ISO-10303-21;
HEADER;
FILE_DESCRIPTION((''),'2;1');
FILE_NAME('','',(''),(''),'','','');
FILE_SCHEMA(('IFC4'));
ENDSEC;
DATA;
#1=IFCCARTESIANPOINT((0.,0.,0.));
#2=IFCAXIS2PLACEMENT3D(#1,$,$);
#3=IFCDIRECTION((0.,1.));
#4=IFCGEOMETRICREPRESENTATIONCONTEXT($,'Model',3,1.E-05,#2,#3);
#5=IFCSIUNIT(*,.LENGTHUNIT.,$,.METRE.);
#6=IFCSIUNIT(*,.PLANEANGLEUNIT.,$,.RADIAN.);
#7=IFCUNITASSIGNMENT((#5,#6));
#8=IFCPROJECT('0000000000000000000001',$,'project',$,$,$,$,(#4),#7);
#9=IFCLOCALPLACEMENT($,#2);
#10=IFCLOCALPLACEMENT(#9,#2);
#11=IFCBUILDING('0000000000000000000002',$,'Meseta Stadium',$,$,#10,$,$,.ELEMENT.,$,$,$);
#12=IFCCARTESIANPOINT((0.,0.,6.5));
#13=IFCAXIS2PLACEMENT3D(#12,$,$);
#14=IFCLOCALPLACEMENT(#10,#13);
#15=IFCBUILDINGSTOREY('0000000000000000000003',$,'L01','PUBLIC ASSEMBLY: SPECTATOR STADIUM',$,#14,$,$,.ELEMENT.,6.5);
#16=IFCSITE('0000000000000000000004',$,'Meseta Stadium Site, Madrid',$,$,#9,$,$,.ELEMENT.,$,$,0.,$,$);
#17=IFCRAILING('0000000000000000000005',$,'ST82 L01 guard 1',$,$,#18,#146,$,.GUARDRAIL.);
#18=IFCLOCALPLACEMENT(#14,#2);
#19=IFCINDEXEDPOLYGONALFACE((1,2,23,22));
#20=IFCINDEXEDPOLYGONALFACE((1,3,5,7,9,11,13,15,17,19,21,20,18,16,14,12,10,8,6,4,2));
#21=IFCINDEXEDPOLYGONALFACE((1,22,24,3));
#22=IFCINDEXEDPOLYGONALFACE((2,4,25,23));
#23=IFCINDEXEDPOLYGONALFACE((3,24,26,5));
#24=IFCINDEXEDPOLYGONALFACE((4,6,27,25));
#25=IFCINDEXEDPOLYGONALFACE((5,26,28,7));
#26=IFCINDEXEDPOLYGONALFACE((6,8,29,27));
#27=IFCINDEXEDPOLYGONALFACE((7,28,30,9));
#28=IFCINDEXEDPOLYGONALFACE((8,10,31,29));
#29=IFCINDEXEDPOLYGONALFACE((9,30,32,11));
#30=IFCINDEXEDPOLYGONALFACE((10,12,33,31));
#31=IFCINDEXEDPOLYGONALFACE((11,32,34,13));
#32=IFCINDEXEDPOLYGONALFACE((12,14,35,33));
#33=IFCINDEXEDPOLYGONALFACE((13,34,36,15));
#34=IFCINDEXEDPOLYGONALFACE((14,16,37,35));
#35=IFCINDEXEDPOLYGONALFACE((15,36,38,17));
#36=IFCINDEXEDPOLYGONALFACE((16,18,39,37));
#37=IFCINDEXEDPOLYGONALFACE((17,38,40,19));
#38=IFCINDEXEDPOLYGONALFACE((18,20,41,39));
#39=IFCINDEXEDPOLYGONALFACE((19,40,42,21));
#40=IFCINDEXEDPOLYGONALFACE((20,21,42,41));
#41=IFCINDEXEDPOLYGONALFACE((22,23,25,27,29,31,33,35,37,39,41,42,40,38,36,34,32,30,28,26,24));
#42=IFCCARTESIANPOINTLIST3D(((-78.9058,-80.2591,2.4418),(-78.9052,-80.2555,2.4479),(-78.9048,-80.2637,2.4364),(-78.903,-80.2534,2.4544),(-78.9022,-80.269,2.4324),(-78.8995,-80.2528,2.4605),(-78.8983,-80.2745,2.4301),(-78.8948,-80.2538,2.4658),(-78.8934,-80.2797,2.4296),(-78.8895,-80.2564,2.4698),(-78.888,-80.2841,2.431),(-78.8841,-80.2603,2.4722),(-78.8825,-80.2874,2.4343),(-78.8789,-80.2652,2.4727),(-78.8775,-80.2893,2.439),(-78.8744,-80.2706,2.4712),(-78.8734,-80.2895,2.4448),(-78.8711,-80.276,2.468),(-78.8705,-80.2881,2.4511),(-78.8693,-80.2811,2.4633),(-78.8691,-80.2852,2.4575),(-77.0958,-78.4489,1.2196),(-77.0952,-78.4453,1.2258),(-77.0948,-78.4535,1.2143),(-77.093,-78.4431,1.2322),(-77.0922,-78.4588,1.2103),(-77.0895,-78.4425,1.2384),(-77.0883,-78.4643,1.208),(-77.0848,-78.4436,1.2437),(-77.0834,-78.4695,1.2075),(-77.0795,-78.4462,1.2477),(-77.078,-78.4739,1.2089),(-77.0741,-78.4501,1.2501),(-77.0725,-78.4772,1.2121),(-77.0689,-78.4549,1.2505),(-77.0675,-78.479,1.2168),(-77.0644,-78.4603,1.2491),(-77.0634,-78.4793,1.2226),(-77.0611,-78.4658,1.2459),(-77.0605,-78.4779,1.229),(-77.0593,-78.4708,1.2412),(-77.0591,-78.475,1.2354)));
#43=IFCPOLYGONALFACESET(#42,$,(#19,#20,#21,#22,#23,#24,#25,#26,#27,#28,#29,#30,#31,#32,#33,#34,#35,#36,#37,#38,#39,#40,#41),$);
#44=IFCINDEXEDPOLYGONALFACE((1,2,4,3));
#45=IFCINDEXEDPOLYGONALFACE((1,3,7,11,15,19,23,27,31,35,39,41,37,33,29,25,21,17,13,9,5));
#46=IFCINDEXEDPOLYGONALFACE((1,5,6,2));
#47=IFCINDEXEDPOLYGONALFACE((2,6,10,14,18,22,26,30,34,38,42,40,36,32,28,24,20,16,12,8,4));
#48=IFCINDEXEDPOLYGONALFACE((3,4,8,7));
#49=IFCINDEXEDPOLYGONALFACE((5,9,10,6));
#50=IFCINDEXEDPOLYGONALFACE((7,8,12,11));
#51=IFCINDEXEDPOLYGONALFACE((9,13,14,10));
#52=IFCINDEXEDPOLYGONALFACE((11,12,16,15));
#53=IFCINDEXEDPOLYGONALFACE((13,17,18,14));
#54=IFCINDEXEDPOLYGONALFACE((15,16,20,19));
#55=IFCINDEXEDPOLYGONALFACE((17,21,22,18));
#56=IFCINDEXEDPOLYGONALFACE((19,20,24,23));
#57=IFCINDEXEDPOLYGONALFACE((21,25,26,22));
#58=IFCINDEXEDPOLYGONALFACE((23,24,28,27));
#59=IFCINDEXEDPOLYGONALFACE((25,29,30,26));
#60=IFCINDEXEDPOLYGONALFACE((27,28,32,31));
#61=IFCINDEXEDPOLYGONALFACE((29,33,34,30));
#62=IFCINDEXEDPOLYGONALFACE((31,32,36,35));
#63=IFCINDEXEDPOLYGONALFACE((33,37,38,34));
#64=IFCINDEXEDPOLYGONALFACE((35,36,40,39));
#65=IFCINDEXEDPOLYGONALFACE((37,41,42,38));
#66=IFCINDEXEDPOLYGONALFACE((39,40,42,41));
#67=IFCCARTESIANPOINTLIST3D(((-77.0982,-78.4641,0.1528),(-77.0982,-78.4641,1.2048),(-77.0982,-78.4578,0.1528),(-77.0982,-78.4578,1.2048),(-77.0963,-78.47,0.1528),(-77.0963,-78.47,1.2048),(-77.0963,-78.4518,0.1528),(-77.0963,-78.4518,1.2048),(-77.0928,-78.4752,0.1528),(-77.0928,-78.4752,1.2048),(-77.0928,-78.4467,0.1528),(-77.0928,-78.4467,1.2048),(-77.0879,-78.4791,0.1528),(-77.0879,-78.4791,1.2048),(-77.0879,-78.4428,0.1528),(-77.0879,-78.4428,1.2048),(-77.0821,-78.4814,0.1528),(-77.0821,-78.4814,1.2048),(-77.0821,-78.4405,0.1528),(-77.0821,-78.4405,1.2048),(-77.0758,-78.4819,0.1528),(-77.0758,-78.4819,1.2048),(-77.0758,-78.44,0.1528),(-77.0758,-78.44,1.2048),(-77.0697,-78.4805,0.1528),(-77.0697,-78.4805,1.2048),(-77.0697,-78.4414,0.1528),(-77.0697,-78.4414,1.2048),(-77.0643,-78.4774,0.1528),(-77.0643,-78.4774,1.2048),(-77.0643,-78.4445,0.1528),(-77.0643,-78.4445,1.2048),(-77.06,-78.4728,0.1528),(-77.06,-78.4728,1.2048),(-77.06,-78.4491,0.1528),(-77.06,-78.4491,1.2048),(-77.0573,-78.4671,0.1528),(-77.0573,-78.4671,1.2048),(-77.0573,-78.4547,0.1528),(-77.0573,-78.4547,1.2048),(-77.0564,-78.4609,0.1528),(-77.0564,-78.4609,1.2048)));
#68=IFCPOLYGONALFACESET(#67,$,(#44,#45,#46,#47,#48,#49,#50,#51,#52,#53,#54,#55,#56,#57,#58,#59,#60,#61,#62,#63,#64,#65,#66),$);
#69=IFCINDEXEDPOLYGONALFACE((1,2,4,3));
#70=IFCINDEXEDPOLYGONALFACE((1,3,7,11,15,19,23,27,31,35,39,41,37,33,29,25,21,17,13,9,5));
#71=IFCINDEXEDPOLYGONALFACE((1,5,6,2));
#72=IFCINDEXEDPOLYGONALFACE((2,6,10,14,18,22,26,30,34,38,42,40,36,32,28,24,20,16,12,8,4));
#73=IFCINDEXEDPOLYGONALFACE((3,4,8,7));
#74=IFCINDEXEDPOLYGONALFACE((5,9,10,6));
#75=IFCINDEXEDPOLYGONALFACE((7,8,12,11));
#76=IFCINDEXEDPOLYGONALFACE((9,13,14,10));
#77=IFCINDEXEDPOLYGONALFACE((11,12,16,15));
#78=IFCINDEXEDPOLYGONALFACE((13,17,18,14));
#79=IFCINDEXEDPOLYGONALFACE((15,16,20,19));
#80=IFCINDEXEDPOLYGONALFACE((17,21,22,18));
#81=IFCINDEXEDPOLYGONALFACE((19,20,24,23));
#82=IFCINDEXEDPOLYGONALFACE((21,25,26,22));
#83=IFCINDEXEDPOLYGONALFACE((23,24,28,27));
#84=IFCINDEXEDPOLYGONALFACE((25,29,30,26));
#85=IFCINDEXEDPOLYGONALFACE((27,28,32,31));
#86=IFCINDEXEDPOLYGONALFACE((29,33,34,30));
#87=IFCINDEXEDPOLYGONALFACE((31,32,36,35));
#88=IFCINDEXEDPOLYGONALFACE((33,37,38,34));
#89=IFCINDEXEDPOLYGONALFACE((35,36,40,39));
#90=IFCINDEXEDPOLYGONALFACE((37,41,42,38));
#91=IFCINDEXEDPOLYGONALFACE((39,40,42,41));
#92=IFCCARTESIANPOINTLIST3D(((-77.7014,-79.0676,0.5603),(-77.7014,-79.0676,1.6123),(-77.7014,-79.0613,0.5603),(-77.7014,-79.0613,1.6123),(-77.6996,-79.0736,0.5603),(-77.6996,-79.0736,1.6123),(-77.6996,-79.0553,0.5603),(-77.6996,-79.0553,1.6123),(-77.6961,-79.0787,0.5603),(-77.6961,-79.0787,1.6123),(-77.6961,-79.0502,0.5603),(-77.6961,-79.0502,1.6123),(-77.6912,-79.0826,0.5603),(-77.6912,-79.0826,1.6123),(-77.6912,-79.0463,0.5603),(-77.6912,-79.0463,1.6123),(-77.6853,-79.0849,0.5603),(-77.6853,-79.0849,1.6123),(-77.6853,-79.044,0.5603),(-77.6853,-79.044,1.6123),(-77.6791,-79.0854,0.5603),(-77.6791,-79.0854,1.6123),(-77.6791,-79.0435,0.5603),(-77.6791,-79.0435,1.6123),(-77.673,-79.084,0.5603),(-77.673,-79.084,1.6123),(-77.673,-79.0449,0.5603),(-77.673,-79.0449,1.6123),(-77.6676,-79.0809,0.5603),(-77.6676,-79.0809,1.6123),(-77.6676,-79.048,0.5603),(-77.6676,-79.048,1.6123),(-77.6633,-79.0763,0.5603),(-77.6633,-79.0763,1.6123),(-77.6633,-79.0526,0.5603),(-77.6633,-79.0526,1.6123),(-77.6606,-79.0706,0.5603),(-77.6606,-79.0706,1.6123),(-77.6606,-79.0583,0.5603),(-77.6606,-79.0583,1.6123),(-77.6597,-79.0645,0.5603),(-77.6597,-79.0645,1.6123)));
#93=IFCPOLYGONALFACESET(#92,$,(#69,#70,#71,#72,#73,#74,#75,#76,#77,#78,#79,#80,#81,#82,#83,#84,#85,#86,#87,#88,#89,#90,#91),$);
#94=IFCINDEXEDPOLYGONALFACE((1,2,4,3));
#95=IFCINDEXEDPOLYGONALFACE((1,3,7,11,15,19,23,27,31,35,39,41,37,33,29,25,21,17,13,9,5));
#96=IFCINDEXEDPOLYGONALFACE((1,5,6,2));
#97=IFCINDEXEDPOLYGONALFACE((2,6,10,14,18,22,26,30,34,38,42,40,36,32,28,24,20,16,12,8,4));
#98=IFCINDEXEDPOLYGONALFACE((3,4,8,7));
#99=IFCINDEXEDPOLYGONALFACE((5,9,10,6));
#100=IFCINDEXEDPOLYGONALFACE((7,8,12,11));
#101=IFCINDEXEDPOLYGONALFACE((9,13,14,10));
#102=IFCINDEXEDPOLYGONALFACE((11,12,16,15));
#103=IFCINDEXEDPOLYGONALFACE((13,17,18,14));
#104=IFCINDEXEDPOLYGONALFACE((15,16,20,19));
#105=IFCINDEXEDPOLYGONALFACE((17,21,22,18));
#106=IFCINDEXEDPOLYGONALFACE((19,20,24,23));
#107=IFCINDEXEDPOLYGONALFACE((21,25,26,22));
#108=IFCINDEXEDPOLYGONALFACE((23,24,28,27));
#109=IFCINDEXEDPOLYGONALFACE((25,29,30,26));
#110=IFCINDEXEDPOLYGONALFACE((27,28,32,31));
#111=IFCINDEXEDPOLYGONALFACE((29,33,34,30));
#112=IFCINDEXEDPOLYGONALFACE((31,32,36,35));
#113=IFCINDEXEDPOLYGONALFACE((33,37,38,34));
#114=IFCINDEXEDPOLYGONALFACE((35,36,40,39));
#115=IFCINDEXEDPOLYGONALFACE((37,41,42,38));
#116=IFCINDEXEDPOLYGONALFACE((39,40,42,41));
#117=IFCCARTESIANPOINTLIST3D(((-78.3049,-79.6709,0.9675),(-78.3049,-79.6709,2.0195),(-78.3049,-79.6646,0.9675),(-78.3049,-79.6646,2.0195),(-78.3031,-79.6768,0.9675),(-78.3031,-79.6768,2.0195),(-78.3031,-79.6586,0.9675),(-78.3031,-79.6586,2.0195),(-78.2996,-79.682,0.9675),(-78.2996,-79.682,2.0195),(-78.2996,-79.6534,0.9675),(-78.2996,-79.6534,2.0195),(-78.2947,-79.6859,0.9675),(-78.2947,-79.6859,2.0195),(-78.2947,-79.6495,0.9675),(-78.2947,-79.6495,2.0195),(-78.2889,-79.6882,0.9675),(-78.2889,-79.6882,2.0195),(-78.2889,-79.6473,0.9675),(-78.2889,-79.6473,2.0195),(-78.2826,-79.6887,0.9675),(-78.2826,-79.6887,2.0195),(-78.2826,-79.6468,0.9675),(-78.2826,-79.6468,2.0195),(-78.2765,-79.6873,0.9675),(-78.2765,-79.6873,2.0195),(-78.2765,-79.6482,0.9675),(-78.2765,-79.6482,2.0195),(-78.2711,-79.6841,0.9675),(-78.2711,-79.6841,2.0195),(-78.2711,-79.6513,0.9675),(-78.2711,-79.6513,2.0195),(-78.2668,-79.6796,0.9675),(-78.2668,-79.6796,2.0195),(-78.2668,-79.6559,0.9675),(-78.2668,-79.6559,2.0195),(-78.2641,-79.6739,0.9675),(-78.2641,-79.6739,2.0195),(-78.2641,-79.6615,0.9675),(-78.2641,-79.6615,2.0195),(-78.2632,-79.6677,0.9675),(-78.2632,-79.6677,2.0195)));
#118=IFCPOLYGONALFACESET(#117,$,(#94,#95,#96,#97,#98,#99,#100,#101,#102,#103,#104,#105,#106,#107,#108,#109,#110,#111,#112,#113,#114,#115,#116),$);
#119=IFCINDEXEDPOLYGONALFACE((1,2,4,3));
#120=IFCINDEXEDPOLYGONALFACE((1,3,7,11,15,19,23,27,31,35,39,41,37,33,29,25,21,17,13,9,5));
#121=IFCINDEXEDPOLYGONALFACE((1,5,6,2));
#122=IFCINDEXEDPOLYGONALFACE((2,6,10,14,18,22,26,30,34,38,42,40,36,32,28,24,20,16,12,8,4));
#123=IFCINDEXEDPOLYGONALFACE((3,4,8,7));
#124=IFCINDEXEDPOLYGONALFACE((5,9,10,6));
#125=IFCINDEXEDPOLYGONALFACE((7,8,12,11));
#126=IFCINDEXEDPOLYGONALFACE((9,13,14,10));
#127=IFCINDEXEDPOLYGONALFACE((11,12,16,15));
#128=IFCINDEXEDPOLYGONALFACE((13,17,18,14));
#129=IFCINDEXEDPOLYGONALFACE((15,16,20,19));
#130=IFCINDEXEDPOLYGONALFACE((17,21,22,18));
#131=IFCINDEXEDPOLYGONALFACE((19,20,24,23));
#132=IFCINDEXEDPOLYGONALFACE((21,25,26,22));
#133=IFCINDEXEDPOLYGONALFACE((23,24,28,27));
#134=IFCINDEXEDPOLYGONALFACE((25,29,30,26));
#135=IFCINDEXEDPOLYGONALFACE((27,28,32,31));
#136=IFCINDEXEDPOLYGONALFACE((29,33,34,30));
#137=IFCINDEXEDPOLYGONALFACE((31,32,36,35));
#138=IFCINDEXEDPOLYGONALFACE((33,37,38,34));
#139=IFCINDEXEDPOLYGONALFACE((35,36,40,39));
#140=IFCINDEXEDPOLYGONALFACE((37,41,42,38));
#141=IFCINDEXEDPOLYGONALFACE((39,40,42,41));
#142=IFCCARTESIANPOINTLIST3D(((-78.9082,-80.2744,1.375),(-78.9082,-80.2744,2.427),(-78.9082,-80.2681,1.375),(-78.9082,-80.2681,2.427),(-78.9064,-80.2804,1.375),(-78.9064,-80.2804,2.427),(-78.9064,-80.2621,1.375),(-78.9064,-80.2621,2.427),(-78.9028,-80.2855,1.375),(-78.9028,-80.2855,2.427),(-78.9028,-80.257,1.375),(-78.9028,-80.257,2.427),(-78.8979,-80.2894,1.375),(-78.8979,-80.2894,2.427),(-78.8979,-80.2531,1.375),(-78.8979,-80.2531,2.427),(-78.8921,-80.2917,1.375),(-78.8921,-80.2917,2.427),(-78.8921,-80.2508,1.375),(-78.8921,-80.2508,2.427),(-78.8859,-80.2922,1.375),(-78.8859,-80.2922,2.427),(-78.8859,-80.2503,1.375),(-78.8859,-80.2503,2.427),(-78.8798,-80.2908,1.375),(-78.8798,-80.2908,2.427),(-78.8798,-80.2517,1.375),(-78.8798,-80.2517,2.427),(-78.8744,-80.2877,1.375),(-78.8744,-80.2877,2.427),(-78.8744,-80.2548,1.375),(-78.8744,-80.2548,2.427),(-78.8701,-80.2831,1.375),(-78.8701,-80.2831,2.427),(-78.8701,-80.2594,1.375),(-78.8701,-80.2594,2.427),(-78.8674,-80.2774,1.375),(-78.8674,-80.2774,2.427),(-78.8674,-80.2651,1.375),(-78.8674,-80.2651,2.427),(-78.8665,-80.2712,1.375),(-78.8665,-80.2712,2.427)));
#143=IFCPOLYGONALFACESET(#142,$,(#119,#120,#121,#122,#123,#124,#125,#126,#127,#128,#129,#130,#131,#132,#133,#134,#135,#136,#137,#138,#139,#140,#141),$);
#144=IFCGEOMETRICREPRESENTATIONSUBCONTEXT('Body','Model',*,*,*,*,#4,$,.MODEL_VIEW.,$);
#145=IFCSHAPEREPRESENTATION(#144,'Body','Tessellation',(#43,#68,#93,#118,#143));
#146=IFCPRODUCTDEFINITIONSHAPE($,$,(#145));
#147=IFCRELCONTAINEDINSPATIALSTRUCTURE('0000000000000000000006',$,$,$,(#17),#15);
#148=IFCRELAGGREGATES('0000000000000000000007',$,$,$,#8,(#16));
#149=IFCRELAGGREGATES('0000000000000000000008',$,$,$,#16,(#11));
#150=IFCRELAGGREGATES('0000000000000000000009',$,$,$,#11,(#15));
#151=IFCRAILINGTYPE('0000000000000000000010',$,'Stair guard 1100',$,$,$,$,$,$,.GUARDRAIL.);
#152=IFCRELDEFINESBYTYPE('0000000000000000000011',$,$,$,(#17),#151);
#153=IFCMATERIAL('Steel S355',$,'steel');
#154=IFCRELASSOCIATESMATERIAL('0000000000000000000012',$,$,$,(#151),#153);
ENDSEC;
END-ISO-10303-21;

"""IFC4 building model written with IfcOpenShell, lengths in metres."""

from ifc_helpers import new_model, si_unit, direction, frame, origin, origin_2d, place, context, subcontext, project, spatial, circle, extrude, material, type_object, element, save


model = new_model("IFC4")

# Units and contexts
model_context = context("Model", 3, precision=1e-05, world=origin(), true_north=direction((0.0, 1.0)))
body_context = subcontext(model_context, "Body", "Model", "MODEL_VIEW")
ifc_project = project(units=[si_unit("LENGTHUNIT", "METRE"), si_unit("PLANEANGLEUNIT", "RADIAN")], contexts=[model_context])

# Site, building, storey
site_placement = place(None, origin())
site = spatial("IfcSite", under=ifc_project, at=site_placement, Name="Meseta Stadium Site, Madrid", CompositionType="ELEMENT", RefElevation=0.0)
building_placement = place(site_placement, origin())
building = spatial("IfcBuilding", under=site, at=building_placement, Name="Meseta Stadium", CompositionType="ELEMENT")
storey_placement = place(building_placement, frame((0.0, 0.0, 6.5)))
storey = spatial("IfcBuildingStorey", under=building, at=storey_placement, Name="L01", Description="PUBLIC ASSEMBLY: SPECTATOR STADIUM", CompositionType="ELEMENT", Elevation=6.5)

# Railing
ifc_material_1 = material(Name="Steel S355", Category="steel")
railing_type_1 = type_object("IfcRailingType", Name="Stair guard 1100", PredefinedType="GUARDRAIL", material=ifc_material_1)
railing_1_placement = place(storey_placement, frame((-77.0774, -78.4609, 0.1528)))
element("IfcRailing", 1, at=railing_1_placement, inside=storey, type_object=railing_type_1, Name="ST82 L01 guard 1", PredefinedType="GUARDRAIL", context=body_context, shape_type="SweptSolid", body=[
    extrude(circle(Radius=0.0239, at=origin_2d()), frame((0.0, 0.0, 1.0762), z_axis=(-0.638073, -0.638159, 0.430832), x_axis=(0.707154, -0.707059, 0.0)), (0.0, 0.0, 1.0), 2.8367),
    extrude(circle(Radius=0.021, at=origin_2d()), origin(), (0.0, 0.0, 1.0), 1.052),
    extrude(circle(Radius=0.021, at=origin_2d()), frame((-0.6033, -0.6035, 0.4075)), (0.0, 0.0, 1.0), 1.052),
    extrude(circle(Radius=0.021, at=origin_2d()), frame((-1.2068, -1.2068, 0.8147)), (0.0, 0.0, 1.0), 1.052),
    extrude(circle(Radius=0.021, at=origin_2d()), frame((-1.8101, -1.8103, 1.2222)), (0.0, 0.0, 1.0), 1.052),
])

save(model, "model.ifc")
